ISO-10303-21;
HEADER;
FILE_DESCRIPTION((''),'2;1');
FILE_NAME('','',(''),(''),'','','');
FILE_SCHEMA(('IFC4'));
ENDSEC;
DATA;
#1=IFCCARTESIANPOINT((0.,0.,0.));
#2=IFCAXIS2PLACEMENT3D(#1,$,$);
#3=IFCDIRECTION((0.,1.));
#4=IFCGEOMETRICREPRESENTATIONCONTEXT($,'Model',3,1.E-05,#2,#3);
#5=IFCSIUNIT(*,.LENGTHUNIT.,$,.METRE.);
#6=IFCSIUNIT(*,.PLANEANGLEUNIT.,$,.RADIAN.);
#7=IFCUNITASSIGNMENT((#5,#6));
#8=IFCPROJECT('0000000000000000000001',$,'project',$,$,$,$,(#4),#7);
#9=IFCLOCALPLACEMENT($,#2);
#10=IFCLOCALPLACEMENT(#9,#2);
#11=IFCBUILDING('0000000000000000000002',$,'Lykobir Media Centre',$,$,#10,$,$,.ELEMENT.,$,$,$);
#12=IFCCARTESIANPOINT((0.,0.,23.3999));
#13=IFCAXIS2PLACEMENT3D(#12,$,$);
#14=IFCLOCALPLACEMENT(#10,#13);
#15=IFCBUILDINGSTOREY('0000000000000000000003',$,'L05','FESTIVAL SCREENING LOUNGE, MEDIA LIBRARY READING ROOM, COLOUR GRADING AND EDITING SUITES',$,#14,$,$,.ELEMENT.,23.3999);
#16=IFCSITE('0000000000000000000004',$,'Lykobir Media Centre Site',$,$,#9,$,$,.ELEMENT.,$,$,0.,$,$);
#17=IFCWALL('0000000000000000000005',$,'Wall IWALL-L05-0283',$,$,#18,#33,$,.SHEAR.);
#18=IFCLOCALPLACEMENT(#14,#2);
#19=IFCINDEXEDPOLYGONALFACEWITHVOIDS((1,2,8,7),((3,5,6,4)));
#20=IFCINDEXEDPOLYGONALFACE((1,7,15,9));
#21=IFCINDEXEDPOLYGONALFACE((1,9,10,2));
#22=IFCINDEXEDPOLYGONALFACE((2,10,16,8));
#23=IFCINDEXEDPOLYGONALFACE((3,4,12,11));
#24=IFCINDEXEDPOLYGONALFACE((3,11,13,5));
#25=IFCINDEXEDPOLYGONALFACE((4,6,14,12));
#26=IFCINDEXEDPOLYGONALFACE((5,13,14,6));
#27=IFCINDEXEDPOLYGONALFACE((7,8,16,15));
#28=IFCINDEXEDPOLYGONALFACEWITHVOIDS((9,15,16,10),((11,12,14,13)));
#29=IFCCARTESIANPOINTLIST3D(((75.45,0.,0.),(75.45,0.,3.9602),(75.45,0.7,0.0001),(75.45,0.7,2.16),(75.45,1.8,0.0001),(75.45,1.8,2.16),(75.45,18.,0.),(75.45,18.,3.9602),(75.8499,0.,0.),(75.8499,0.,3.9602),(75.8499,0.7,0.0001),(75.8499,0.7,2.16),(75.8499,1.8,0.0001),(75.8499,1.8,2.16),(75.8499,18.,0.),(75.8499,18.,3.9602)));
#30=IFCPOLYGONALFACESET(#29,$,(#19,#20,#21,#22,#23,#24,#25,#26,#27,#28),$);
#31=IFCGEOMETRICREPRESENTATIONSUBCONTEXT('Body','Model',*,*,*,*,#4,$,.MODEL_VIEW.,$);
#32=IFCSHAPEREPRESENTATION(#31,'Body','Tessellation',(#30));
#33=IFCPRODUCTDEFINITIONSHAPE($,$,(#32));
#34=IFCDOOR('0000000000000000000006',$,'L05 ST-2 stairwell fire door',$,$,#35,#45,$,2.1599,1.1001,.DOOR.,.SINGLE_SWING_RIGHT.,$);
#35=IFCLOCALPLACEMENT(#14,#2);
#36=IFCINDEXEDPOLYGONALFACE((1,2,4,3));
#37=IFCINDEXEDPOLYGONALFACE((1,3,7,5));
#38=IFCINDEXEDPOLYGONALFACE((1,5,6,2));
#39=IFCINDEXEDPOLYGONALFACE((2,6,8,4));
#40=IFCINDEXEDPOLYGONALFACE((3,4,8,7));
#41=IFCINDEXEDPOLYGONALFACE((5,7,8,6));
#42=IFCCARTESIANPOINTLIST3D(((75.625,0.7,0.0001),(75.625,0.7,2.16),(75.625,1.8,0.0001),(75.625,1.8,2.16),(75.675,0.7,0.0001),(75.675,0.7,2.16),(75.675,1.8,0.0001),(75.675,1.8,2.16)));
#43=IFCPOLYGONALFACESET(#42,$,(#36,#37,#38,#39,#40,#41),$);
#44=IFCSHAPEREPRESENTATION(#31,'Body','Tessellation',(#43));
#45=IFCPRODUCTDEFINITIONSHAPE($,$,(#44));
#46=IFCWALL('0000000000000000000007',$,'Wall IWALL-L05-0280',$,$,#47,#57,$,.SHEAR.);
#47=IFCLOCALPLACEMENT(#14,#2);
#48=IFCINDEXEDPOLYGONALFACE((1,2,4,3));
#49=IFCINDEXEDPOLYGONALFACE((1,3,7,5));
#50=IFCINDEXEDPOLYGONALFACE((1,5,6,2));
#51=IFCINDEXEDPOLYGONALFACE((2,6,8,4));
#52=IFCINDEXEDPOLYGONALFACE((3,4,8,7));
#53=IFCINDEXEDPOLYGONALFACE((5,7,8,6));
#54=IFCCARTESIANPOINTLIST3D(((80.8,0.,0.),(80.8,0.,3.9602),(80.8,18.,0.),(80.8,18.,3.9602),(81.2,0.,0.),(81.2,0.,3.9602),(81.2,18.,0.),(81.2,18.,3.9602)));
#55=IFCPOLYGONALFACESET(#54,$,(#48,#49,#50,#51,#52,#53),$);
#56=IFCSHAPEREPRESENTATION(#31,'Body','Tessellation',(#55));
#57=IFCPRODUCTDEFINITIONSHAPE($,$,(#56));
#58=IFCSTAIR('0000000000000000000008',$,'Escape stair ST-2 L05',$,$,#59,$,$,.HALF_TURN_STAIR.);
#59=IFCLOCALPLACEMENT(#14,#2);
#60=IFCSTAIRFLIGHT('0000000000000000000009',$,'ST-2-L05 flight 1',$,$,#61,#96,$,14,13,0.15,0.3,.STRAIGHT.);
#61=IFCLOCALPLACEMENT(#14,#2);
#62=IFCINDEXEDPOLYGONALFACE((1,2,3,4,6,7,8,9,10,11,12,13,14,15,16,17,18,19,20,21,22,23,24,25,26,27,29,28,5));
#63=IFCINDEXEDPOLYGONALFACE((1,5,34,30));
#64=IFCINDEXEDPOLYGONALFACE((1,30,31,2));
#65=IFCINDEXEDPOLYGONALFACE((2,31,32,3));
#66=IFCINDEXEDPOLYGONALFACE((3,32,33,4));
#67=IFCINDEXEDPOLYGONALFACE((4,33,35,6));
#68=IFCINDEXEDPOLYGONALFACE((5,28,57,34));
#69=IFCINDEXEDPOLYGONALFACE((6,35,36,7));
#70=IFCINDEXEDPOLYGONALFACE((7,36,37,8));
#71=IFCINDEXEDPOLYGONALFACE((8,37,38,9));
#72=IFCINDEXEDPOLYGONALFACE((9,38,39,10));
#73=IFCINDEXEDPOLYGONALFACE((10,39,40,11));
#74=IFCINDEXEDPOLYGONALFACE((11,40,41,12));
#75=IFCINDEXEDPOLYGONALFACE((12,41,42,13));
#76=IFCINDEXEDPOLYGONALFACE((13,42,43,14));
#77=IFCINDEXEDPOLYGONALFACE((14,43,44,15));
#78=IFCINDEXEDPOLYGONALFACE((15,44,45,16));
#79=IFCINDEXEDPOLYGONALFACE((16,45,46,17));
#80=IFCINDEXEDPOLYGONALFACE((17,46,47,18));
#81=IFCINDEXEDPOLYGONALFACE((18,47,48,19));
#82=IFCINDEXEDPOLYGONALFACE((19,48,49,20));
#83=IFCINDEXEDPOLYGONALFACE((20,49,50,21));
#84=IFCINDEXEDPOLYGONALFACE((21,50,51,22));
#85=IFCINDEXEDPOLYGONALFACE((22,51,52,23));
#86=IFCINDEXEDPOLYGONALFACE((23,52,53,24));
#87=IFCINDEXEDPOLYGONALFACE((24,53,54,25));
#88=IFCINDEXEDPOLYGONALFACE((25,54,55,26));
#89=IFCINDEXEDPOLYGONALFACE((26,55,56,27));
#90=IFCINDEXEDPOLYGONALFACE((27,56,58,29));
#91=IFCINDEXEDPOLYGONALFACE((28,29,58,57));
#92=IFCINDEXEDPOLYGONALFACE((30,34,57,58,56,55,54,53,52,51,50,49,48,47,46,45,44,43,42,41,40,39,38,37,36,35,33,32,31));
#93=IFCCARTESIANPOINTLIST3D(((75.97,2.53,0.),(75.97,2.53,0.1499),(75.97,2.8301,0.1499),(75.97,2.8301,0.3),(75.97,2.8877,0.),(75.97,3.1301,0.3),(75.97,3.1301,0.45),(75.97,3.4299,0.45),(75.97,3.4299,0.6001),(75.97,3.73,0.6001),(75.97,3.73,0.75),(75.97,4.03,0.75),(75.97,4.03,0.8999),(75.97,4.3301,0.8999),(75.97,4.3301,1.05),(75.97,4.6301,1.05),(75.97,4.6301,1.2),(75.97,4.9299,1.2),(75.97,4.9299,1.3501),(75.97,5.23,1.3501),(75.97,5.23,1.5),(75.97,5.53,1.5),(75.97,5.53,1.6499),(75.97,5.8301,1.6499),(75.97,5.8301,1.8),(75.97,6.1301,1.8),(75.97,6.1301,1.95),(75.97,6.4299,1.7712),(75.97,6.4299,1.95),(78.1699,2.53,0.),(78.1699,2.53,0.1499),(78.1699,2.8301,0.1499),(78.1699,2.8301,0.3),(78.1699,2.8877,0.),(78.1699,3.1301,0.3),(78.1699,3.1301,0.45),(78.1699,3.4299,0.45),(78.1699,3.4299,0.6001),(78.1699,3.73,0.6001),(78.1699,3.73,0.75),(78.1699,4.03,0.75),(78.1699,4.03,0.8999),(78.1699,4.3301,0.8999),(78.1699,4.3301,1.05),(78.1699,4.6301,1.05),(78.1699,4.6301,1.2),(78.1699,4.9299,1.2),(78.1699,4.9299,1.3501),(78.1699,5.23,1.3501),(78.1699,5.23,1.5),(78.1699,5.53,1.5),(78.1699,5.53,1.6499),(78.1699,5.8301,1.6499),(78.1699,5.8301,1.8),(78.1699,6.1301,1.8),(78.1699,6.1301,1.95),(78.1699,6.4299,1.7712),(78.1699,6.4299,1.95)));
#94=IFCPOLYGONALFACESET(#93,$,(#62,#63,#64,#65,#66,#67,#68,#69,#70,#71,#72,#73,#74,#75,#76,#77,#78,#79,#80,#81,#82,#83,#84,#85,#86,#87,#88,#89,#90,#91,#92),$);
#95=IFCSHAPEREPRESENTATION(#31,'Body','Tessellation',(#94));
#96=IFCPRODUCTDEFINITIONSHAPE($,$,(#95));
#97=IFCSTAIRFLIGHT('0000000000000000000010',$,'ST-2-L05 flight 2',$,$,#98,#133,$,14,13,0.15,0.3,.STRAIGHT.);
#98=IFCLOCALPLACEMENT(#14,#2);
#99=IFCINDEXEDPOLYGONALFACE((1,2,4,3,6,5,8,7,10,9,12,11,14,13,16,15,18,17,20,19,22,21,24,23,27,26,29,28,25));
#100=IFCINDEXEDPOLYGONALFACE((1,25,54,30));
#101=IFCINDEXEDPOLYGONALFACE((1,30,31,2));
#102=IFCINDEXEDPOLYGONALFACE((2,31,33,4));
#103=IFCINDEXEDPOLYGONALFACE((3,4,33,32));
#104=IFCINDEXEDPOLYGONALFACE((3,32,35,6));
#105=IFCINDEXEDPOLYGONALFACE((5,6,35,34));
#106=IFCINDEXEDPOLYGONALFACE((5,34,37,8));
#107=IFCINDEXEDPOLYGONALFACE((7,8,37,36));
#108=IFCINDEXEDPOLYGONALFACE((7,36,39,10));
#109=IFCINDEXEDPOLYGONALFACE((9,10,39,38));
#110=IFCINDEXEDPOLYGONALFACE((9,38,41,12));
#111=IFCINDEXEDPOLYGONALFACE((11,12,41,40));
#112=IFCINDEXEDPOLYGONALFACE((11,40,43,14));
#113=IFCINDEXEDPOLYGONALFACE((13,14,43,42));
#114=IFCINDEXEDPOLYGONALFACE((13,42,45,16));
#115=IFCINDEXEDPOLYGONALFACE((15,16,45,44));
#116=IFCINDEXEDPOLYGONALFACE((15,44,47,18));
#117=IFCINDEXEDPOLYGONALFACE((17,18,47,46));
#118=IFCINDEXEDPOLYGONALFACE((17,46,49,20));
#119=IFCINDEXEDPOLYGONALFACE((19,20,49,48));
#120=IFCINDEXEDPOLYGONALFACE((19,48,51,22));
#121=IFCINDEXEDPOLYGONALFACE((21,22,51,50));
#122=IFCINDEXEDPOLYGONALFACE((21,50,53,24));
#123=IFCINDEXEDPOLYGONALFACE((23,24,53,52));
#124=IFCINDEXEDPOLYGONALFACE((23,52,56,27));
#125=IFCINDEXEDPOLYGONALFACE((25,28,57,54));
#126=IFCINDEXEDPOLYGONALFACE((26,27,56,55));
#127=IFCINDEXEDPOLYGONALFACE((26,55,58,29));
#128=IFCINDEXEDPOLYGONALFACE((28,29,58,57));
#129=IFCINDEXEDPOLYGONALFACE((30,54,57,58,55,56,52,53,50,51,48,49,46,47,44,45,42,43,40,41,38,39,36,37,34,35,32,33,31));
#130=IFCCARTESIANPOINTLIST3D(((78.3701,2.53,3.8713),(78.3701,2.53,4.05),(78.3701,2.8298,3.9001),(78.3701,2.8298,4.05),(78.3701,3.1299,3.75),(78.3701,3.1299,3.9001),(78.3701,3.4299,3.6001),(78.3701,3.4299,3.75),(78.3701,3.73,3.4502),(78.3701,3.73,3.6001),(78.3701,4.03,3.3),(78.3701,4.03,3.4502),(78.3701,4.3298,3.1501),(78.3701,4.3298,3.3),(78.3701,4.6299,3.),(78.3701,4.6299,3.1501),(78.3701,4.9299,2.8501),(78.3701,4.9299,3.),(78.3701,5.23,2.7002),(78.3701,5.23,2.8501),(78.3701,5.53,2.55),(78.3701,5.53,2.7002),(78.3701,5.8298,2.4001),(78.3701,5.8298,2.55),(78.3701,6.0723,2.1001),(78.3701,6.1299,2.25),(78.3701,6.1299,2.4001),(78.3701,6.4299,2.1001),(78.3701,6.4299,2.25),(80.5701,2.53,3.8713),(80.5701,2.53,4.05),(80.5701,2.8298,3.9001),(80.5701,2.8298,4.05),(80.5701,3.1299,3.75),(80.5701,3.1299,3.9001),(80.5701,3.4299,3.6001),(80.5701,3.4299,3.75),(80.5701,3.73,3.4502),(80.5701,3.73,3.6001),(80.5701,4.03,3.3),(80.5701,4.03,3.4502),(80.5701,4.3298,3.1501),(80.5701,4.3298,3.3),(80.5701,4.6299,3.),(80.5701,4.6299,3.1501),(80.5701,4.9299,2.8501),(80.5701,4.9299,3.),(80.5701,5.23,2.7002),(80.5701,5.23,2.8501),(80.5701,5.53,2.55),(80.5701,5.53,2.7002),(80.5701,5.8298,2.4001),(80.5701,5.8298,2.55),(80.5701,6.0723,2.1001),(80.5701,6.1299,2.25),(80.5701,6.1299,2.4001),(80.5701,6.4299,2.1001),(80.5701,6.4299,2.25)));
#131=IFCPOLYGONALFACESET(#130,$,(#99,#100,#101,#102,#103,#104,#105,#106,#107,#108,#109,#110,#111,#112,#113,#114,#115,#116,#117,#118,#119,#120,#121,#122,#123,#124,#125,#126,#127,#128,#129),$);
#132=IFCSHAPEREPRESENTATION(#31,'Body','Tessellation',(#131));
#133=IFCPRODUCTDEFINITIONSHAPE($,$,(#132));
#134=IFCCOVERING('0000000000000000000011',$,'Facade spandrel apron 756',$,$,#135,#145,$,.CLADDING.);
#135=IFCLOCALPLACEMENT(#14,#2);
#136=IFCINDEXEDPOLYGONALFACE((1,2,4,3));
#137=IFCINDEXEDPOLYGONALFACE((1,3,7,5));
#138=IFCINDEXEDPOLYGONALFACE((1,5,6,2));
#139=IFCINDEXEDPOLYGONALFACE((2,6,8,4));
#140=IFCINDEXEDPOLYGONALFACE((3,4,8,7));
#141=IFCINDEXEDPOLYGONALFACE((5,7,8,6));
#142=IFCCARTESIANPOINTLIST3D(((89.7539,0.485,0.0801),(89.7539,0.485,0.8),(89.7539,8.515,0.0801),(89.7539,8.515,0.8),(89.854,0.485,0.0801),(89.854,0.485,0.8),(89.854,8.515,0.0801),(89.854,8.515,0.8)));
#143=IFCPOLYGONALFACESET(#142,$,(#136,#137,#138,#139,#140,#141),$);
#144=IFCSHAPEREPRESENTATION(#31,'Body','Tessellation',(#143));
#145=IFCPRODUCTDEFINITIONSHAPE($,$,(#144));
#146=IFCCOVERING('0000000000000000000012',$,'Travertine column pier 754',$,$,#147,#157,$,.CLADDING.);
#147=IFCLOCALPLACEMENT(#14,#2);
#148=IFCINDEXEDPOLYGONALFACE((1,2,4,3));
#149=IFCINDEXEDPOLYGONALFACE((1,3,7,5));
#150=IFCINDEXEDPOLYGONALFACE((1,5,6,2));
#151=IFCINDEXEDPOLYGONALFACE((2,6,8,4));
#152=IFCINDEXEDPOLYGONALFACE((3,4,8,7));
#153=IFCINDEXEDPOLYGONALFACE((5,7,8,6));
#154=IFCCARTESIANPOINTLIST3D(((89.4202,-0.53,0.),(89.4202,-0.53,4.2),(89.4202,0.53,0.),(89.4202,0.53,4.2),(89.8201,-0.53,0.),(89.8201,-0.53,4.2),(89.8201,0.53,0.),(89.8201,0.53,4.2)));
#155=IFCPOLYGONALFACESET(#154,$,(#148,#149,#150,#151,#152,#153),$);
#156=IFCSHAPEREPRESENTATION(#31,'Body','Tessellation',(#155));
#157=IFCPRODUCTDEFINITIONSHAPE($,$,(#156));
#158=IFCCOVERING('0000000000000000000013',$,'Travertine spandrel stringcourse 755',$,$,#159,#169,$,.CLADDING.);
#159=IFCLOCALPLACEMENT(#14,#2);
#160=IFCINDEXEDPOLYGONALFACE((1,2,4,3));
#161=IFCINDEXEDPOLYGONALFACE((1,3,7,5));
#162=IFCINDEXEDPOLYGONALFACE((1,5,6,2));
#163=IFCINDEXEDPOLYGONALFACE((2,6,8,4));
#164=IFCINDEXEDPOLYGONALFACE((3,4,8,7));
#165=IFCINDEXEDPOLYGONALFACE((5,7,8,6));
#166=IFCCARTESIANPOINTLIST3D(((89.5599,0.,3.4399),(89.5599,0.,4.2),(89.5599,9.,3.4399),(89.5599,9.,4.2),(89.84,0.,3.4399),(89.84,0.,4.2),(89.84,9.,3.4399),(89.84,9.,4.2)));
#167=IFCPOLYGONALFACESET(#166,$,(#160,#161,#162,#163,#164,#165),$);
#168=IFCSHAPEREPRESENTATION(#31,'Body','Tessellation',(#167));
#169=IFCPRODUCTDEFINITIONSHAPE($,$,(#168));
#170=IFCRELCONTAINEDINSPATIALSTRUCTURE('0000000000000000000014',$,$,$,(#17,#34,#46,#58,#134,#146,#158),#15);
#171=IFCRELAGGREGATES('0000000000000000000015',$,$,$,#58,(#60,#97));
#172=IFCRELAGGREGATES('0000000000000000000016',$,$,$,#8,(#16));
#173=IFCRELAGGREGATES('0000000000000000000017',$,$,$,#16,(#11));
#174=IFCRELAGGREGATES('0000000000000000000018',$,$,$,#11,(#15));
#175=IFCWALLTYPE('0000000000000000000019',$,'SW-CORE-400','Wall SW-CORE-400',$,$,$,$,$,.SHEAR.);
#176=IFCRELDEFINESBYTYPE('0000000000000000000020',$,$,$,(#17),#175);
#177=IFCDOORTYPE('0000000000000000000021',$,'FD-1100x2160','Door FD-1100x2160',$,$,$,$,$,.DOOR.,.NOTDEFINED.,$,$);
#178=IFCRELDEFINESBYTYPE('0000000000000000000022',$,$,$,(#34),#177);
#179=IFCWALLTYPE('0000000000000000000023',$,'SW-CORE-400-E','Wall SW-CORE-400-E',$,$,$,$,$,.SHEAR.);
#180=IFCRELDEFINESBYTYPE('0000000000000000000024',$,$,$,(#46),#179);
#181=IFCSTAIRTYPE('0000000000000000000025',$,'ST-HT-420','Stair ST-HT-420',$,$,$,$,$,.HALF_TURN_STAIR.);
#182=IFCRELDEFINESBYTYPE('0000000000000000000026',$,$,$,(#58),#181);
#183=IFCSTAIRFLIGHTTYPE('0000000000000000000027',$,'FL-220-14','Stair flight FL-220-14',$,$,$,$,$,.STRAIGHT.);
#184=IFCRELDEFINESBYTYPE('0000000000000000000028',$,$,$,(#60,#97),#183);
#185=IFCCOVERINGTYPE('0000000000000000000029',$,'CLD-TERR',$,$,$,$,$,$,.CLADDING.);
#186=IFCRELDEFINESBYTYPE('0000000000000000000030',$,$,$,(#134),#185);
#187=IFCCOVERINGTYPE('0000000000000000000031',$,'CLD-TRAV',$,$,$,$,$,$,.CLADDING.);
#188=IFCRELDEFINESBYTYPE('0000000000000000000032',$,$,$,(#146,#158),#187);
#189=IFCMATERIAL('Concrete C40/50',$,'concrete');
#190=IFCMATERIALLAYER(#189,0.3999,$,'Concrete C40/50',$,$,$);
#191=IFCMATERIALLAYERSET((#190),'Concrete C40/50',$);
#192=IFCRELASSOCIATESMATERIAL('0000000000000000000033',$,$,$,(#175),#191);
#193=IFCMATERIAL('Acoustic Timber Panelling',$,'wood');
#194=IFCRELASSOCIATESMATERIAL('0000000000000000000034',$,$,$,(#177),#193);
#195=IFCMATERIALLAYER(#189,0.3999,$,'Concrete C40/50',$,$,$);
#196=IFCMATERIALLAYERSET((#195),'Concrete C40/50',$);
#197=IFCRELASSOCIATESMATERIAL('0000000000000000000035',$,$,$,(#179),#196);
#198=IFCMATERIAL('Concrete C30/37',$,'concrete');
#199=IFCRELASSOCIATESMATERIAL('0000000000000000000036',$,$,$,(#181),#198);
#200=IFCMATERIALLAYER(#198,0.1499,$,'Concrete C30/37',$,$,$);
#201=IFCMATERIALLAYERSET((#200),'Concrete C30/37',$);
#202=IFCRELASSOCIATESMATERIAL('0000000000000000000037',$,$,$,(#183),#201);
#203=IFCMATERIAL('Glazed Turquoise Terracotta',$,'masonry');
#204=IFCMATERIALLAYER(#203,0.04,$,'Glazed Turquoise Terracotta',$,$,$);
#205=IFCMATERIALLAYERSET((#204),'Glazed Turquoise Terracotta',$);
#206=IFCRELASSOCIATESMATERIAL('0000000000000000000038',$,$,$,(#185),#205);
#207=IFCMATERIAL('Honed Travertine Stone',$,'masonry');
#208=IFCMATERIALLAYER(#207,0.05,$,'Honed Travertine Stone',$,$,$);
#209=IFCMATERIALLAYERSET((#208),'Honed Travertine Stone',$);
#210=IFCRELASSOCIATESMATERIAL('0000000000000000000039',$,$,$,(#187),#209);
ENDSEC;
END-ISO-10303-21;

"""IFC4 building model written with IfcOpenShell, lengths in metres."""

from ifc_helpers import new_model, si_unit, direction, frame, frame_2d, origin, origin_2d, place, context, subcontext, project, spatial, polyline, rectangle, outline, extrude, material, layer, layer_set, type_object, element, fill, aggregate, save


model = new_model("IFC4")

# Units and contexts
model_context = context("Model", 3, precision=1e-05, world=origin(), true_north=direction((0.0, 1.0)))
body_context = subcontext(model_context, "Body", "Model", "MODEL_VIEW")
ifc_project = project(units=[si_unit("LENGTHUNIT", "METRE"), si_unit("PLANEANGLEUNIT", "RADIAN")], contexts=[model_context])

# Site, building, storey
site_placement = place(None, origin())
site = spatial("IfcSite", under=ifc_project, at=site_placement, Name="Lykobir Media Centre Site", CompositionType="ELEMENT", RefElevation=0.0)
building_placement = place(site_placement, origin())
building = spatial("IfcBuilding", under=site, at=building_placement, Name="Lykobir Media Centre", CompositionType="ELEMENT")
storey_placement = place(building_placement, frame((0.0, 0.0, 23.3999)))
storey = spatial("IfcBuildingStorey", under=building, at=storey_placement, Name="L05", Description="FESTIVAL SCREENING LOUNGE, MEDIA LIBRARY READING ROOM, COLOUR GRADING AND EDITING SUITES", CompositionType="ELEMENT", Elevation=23.3999)

# Shared definitions
ifc_material_1 = material(Name="Concrete C40/50", Category="concrete")

# Shared definitions
ifc_material_2 = material(Name="Concrete C30/37", Category="concrete")

# Wall, opening, door
ifc_layer_1 = layer(ifc_material_1, 0.3999, Name="Concrete C40/50")
ifc_layer_set_1 = layer_set([ifc_layer_1], Name="Concrete C40/50")
wall_type_1 = type_object("IfcWallType", Name="SW-CORE-400", Description="Wall SW-CORE-400", PredefinedType="SHEAR", material=ifc_layer_set_1)
wall_1_placement = place(storey_placement, frame((75.6499, 0.0, 0.0), z_axis=(0.0, 0.0, 1.0), x_axis=(0.0, 1.0, 0.0)))
wall_1 = element("IfcWall", 1, at=wall_1_placement, inside=storey, type_object=wall_type_1, Name="Wall IWALL-L05-0283", PredefinedType="SHEAR", context=body_context, shape_type="SweptSolid", body=[
    extrude(rectangle(XDim=18.0, YDim=0.3999, at=frame_2d((9.0, 0.0))), origin(), (0.0, 0.0, 1.0), 3.9602),
])
opening_placement = place(wall_1_placement, frame((0.7, 0.0, 0.0)))
opening = element("IfcOpeningElement", 2, at=opening_placement, cuts=wall_1, PredefinedType="OPENING", context=body_context, shape_type="SweptSolid", body=[
    extrude(rectangle(XDim=1.1001, YDim=2.1599, at=frame_2d((0.55, 1.0801))), frame((0.0, 0.21, 0.0), z_axis=(0.0, -1.0, 0.0), x_axis=(1.0, 0.0, 0.0)), (0.0, 0.0, 1.0), 0.4199),
])
ifc_material_3 = material(Name="Acoustic Timber Panelling", Category="wood")
door_type = type_object("IfcDoorType", Name="FD-1100x2160", Description="Door FD-1100x2160", OperationType="NOTDEFINED", PredefinedType="DOOR", material=ifc_material_3)
door_placement = place(opening_placement, origin())
door = element("IfcDoor", 3, at=door_placement, inside=storey, type_object=door_type, Name="L05 ST-2 stairwell fire door", OperationType="SINGLE_SWING_RIGHT", OverallHeight=2.1599, OverallWidth=1.1001, PredefinedType="DOOR", context=body_context, shape_type="SweptSolid", body=[
    extrude(rectangle(XDim=1.1001, YDim=2.1599, at=frame_2d((0.55, 1.0801))), frame((0.0, 0.0249, 0.0), z_axis=(0.0, -1.0, 0.0), x_axis=(1.0, 0.0, 0.0)), (0.0, 0.0, 1.0), 0.05),
])
fill(opening, door)

# Wall
ifc_layer_2 = layer(ifc_material_1, 0.3999, Name="Concrete C40/50")
ifc_layer_set_2 = layer_set([ifc_layer_2], Name="Concrete C40/50")
wall_type_2 = type_object("IfcWallType", Name="SW-CORE-400-E", Description="Wall SW-CORE-400-E", PredefinedType="SHEAR", material=ifc_layer_set_2)
wall_2_placement = place(storey_placement, frame((81.0, 0.0, 0.0), z_axis=(0.0, 0.0, 1.0), x_axis=(0.0, 1.0, 0.0)))
element("IfcWall", 4, at=wall_2_placement, inside=storey, type_object=wall_type_2, Name="Wall IWALL-L05-0280", PredefinedType="SHEAR", context=body_context, shape_type="SweptSolid", body=[
    extrude(rectangle(XDim=18.0, YDim=0.3999, at=frame_2d((9.0, 0.0))), origin(), (0.0, 0.0, 1.0), 3.9602),
])

# Stair, stair flights
stair_type = type_object("IfcStairType", Name="ST-HT-420", Description="Stair ST-HT-420", PredefinedType="HALF_TURN_STAIR", material=ifc_material_2)
stair_placement = place(storey_placement, origin())
stair = element("IfcStair", 5, at=stair_placement, inside=storey, type_object=stair_type, Name="Escape stair ST-2 L05", PredefinedType="HALF_TURN_STAIR")
ifc_layer_3 = layer(ifc_material_2, 0.1499, Name="Concrete C30/37")
ifc_layer_set_3 = layer_set([ifc_layer_3], Name="Concrete C30/37")
stair_flight_type = type_object("IfcStairFlightType", Name="FL-220-14", Description="Stair flight FL-220-14", PredefinedType="STRAIGHT", material=ifc_layer_set_3)
stair_flight_1_placement = place(storey_placement, frame((77.0701, 2.53, 0.0), z_axis=(0.0, 0.0, 1.0), x_axis=(0.0, 1.0, 0.0)))
stair_flight_1 = element("IfcStairFlight", 6, at=stair_flight_1_placement, type_object=stair_flight_type, Name="ST-2-L05 flight 1", NumberOfRisers=14, NumberOfTreads=13, PredefinedType="STRAIGHT", RiserHeight=0.15, TreadLength=0.3, context=body_context, shape_type="SweptSolid", body=[
    extrude(outline(polyline([(0.0, 0.0), (0.0, 0.1499), (0.3, 0.1499), (0.3, 0.3), (0.6001, 0.3), (0.6001, 0.45), (0.8999, 0.45), (0.8999, 0.6001), (1.2, 0.6001), (1.2, 0.75), (1.5, 0.75), (1.5, 0.8999), (1.8, 0.8999), (1.8, 1.05), (2.1001, 1.05), (2.1001, 1.2), (2.3999, 1.2), (2.3999, 1.3501), (2.7, 1.3501), (2.7, 1.5), (3.0, 1.5), (3.0, 1.6499), (3.3, 1.6499), (3.3, 1.8), (3.6001, 1.8), (3.6001, 1.95), (3.8999, 1.95), (3.8999, 2.1001), (3.8999, 1.7712), (0.3577, 0.0), (0.0, 0.0)])), frame((0.0, 1.1001, 0.0), z_axis=(0.0, -1.0, 0.0), x_axis=(1.0, 0.0, 0.0)), (0.0, 0.0, 1.0), 2.2),
])
stair_flight_2_placement = place(storey_placement, frame((79.47, 6.4299, 2.1001), z_axis=(0.0, 0.0, 1.0), x_axis=(0.0, -1.0, 0.0)))
stair_flight_2 = element("IfcStairFlight", 7, at=stair_flight_2_placement, type_object=stair_flight_type, Name="ST-2-L05 flight 2", NumberOfRisers=14, NumberOfTreads=13, PredefinedType="STRAIGHT", RiserHeight=0.15, TreadLength=0.3, context=body_context, shape_type="SweptSolid", body=[
    extrude(outline(polyline([(0.0, 0.0), (0.0, 0.1499), (0.3, 0.1499), (0.3, 0.3), (0.6001, 0.3), (0.6001, 0.45), (0.8999, 0.45), (0.8999, 0.6001), (1.2, 0.6001), (1.2, 0.75), (1.5, 0.75), (1.5, 0.8999), (1.8, 0.8999), (1.8, 1.05), (2.1001, 1.05), (2.1001, 1.2), (2.3999, 1.2), (2.3999, 1.3501), (2.7, 1.3501), (2.7, 1.5), (3.0, 1.5), (3.0, 1.6499), (3.3, 1.6499), (3.3, 1.8), (3.6001, 1.8), (3.6001, 1.95), (3.8999, 1.95), (3.8999, 2.1001), (3.8999, 1.7712), (0.3577, 0.0), (0.0, 0.0)])), frame((0.0, 1.1001, 0.0), z_axis=(0.0, -1.0, 0.0), x_axis=(1.0, 0.0, 0.0)), (0.0, 0.0, 1.0), 2.2),
])
aggregate(stair, [stair_flight_1, stair_flight_2])

# Coverings
ifc_material_4 = material(Name="Glazed Turquoise Terracotta", Category="masonry")
ifc_layer_4 = layer(ifc_material_4, 0.04, Name="Glazed Turquoise Terracotta")
ifc_layer_set_4 = layer_set([ifc_layer_4], Name="Glazed Turquoise Terracotta")
covering_type_1 = type_object("IfcCoveringType", Name="CLD-TERR", PredefinedType="CLADDING", material=ifc_layer_set_4)
covering_1_placement = place(storey_placement, frame((89.804, 4.5, 0.0801), z_axis=(0.0, 0.0, 1.0), x_axis=(0.0, -1.0, 0.0)))
element("IfcCovering", 8, at=covering_1_placement, inside=storey, type_object=covering_type_1, Name="Facade spandrel apron 756", PredefinedType="CLADDING", context=body_context, shape_type="SweptSolid", body=[
    extrude(rectangle(XDim=8.03, YDim=0.1001, at=origin_2d()), origin(), (0.0, 0.0, 1.0), 0.72),
])
ifc_material_5 = material(Name="Honed Travertine Stone", Category="masonry")
ifc_layer_5 = layer(ifc_material_5, 0.05, Name="Honed Travertine Stone")
ifc_layer_set_5 = layer_set([ifc_layer_5], Name="Honed Travertine Stone")
covering_type_2 = type_object("IfcCoveringType", Name="CLD-TRAV", PredefinedType="CLADDING", material=ifc_layer_set_5)
covering_2_placement = place(storey_placement, frame((89.6201, 0.0, 0.0), z_axis=(0.0, 0.0, 1.0), x_axis=(0.0, -1.0, 0.0)))
element("IfcCovering", 9, at=covering_2_placement, inside=storey, type_object=covering_type_2, Name="Travertine column pier 754", PredefinedType="CLADDING", context=body_context, shape_type="SweptSolid", body=[
    extrude(rectangle(XDim=1.0601, YDim=0.3999, at=origin_2d()), origin(), (0.0, 0.0, 1.0), 4.2),
])
covering_3_placement = place(storey_placement, frame((89.7, 4.5, 3.4399), z_axis=(0.0, 0.0, 1.0), x_axis=(0.0, -1.0, 0.0)))
element("IfcCovering", 10, at=covering_3_placement, inside=storey, type_object=covering_type_2, Name="Travertine spandrel stringcourse 755", PredefinedType="CLADDING", context=body_context, shape_type="SweptSolid", body=[
    extrude(rectangle(XDim=9.0, YDim=0.28, at=origin_2d()), origin(), (0.0, 0.0, 1.0), 0.76),
])

save(model, "model.ifc")
